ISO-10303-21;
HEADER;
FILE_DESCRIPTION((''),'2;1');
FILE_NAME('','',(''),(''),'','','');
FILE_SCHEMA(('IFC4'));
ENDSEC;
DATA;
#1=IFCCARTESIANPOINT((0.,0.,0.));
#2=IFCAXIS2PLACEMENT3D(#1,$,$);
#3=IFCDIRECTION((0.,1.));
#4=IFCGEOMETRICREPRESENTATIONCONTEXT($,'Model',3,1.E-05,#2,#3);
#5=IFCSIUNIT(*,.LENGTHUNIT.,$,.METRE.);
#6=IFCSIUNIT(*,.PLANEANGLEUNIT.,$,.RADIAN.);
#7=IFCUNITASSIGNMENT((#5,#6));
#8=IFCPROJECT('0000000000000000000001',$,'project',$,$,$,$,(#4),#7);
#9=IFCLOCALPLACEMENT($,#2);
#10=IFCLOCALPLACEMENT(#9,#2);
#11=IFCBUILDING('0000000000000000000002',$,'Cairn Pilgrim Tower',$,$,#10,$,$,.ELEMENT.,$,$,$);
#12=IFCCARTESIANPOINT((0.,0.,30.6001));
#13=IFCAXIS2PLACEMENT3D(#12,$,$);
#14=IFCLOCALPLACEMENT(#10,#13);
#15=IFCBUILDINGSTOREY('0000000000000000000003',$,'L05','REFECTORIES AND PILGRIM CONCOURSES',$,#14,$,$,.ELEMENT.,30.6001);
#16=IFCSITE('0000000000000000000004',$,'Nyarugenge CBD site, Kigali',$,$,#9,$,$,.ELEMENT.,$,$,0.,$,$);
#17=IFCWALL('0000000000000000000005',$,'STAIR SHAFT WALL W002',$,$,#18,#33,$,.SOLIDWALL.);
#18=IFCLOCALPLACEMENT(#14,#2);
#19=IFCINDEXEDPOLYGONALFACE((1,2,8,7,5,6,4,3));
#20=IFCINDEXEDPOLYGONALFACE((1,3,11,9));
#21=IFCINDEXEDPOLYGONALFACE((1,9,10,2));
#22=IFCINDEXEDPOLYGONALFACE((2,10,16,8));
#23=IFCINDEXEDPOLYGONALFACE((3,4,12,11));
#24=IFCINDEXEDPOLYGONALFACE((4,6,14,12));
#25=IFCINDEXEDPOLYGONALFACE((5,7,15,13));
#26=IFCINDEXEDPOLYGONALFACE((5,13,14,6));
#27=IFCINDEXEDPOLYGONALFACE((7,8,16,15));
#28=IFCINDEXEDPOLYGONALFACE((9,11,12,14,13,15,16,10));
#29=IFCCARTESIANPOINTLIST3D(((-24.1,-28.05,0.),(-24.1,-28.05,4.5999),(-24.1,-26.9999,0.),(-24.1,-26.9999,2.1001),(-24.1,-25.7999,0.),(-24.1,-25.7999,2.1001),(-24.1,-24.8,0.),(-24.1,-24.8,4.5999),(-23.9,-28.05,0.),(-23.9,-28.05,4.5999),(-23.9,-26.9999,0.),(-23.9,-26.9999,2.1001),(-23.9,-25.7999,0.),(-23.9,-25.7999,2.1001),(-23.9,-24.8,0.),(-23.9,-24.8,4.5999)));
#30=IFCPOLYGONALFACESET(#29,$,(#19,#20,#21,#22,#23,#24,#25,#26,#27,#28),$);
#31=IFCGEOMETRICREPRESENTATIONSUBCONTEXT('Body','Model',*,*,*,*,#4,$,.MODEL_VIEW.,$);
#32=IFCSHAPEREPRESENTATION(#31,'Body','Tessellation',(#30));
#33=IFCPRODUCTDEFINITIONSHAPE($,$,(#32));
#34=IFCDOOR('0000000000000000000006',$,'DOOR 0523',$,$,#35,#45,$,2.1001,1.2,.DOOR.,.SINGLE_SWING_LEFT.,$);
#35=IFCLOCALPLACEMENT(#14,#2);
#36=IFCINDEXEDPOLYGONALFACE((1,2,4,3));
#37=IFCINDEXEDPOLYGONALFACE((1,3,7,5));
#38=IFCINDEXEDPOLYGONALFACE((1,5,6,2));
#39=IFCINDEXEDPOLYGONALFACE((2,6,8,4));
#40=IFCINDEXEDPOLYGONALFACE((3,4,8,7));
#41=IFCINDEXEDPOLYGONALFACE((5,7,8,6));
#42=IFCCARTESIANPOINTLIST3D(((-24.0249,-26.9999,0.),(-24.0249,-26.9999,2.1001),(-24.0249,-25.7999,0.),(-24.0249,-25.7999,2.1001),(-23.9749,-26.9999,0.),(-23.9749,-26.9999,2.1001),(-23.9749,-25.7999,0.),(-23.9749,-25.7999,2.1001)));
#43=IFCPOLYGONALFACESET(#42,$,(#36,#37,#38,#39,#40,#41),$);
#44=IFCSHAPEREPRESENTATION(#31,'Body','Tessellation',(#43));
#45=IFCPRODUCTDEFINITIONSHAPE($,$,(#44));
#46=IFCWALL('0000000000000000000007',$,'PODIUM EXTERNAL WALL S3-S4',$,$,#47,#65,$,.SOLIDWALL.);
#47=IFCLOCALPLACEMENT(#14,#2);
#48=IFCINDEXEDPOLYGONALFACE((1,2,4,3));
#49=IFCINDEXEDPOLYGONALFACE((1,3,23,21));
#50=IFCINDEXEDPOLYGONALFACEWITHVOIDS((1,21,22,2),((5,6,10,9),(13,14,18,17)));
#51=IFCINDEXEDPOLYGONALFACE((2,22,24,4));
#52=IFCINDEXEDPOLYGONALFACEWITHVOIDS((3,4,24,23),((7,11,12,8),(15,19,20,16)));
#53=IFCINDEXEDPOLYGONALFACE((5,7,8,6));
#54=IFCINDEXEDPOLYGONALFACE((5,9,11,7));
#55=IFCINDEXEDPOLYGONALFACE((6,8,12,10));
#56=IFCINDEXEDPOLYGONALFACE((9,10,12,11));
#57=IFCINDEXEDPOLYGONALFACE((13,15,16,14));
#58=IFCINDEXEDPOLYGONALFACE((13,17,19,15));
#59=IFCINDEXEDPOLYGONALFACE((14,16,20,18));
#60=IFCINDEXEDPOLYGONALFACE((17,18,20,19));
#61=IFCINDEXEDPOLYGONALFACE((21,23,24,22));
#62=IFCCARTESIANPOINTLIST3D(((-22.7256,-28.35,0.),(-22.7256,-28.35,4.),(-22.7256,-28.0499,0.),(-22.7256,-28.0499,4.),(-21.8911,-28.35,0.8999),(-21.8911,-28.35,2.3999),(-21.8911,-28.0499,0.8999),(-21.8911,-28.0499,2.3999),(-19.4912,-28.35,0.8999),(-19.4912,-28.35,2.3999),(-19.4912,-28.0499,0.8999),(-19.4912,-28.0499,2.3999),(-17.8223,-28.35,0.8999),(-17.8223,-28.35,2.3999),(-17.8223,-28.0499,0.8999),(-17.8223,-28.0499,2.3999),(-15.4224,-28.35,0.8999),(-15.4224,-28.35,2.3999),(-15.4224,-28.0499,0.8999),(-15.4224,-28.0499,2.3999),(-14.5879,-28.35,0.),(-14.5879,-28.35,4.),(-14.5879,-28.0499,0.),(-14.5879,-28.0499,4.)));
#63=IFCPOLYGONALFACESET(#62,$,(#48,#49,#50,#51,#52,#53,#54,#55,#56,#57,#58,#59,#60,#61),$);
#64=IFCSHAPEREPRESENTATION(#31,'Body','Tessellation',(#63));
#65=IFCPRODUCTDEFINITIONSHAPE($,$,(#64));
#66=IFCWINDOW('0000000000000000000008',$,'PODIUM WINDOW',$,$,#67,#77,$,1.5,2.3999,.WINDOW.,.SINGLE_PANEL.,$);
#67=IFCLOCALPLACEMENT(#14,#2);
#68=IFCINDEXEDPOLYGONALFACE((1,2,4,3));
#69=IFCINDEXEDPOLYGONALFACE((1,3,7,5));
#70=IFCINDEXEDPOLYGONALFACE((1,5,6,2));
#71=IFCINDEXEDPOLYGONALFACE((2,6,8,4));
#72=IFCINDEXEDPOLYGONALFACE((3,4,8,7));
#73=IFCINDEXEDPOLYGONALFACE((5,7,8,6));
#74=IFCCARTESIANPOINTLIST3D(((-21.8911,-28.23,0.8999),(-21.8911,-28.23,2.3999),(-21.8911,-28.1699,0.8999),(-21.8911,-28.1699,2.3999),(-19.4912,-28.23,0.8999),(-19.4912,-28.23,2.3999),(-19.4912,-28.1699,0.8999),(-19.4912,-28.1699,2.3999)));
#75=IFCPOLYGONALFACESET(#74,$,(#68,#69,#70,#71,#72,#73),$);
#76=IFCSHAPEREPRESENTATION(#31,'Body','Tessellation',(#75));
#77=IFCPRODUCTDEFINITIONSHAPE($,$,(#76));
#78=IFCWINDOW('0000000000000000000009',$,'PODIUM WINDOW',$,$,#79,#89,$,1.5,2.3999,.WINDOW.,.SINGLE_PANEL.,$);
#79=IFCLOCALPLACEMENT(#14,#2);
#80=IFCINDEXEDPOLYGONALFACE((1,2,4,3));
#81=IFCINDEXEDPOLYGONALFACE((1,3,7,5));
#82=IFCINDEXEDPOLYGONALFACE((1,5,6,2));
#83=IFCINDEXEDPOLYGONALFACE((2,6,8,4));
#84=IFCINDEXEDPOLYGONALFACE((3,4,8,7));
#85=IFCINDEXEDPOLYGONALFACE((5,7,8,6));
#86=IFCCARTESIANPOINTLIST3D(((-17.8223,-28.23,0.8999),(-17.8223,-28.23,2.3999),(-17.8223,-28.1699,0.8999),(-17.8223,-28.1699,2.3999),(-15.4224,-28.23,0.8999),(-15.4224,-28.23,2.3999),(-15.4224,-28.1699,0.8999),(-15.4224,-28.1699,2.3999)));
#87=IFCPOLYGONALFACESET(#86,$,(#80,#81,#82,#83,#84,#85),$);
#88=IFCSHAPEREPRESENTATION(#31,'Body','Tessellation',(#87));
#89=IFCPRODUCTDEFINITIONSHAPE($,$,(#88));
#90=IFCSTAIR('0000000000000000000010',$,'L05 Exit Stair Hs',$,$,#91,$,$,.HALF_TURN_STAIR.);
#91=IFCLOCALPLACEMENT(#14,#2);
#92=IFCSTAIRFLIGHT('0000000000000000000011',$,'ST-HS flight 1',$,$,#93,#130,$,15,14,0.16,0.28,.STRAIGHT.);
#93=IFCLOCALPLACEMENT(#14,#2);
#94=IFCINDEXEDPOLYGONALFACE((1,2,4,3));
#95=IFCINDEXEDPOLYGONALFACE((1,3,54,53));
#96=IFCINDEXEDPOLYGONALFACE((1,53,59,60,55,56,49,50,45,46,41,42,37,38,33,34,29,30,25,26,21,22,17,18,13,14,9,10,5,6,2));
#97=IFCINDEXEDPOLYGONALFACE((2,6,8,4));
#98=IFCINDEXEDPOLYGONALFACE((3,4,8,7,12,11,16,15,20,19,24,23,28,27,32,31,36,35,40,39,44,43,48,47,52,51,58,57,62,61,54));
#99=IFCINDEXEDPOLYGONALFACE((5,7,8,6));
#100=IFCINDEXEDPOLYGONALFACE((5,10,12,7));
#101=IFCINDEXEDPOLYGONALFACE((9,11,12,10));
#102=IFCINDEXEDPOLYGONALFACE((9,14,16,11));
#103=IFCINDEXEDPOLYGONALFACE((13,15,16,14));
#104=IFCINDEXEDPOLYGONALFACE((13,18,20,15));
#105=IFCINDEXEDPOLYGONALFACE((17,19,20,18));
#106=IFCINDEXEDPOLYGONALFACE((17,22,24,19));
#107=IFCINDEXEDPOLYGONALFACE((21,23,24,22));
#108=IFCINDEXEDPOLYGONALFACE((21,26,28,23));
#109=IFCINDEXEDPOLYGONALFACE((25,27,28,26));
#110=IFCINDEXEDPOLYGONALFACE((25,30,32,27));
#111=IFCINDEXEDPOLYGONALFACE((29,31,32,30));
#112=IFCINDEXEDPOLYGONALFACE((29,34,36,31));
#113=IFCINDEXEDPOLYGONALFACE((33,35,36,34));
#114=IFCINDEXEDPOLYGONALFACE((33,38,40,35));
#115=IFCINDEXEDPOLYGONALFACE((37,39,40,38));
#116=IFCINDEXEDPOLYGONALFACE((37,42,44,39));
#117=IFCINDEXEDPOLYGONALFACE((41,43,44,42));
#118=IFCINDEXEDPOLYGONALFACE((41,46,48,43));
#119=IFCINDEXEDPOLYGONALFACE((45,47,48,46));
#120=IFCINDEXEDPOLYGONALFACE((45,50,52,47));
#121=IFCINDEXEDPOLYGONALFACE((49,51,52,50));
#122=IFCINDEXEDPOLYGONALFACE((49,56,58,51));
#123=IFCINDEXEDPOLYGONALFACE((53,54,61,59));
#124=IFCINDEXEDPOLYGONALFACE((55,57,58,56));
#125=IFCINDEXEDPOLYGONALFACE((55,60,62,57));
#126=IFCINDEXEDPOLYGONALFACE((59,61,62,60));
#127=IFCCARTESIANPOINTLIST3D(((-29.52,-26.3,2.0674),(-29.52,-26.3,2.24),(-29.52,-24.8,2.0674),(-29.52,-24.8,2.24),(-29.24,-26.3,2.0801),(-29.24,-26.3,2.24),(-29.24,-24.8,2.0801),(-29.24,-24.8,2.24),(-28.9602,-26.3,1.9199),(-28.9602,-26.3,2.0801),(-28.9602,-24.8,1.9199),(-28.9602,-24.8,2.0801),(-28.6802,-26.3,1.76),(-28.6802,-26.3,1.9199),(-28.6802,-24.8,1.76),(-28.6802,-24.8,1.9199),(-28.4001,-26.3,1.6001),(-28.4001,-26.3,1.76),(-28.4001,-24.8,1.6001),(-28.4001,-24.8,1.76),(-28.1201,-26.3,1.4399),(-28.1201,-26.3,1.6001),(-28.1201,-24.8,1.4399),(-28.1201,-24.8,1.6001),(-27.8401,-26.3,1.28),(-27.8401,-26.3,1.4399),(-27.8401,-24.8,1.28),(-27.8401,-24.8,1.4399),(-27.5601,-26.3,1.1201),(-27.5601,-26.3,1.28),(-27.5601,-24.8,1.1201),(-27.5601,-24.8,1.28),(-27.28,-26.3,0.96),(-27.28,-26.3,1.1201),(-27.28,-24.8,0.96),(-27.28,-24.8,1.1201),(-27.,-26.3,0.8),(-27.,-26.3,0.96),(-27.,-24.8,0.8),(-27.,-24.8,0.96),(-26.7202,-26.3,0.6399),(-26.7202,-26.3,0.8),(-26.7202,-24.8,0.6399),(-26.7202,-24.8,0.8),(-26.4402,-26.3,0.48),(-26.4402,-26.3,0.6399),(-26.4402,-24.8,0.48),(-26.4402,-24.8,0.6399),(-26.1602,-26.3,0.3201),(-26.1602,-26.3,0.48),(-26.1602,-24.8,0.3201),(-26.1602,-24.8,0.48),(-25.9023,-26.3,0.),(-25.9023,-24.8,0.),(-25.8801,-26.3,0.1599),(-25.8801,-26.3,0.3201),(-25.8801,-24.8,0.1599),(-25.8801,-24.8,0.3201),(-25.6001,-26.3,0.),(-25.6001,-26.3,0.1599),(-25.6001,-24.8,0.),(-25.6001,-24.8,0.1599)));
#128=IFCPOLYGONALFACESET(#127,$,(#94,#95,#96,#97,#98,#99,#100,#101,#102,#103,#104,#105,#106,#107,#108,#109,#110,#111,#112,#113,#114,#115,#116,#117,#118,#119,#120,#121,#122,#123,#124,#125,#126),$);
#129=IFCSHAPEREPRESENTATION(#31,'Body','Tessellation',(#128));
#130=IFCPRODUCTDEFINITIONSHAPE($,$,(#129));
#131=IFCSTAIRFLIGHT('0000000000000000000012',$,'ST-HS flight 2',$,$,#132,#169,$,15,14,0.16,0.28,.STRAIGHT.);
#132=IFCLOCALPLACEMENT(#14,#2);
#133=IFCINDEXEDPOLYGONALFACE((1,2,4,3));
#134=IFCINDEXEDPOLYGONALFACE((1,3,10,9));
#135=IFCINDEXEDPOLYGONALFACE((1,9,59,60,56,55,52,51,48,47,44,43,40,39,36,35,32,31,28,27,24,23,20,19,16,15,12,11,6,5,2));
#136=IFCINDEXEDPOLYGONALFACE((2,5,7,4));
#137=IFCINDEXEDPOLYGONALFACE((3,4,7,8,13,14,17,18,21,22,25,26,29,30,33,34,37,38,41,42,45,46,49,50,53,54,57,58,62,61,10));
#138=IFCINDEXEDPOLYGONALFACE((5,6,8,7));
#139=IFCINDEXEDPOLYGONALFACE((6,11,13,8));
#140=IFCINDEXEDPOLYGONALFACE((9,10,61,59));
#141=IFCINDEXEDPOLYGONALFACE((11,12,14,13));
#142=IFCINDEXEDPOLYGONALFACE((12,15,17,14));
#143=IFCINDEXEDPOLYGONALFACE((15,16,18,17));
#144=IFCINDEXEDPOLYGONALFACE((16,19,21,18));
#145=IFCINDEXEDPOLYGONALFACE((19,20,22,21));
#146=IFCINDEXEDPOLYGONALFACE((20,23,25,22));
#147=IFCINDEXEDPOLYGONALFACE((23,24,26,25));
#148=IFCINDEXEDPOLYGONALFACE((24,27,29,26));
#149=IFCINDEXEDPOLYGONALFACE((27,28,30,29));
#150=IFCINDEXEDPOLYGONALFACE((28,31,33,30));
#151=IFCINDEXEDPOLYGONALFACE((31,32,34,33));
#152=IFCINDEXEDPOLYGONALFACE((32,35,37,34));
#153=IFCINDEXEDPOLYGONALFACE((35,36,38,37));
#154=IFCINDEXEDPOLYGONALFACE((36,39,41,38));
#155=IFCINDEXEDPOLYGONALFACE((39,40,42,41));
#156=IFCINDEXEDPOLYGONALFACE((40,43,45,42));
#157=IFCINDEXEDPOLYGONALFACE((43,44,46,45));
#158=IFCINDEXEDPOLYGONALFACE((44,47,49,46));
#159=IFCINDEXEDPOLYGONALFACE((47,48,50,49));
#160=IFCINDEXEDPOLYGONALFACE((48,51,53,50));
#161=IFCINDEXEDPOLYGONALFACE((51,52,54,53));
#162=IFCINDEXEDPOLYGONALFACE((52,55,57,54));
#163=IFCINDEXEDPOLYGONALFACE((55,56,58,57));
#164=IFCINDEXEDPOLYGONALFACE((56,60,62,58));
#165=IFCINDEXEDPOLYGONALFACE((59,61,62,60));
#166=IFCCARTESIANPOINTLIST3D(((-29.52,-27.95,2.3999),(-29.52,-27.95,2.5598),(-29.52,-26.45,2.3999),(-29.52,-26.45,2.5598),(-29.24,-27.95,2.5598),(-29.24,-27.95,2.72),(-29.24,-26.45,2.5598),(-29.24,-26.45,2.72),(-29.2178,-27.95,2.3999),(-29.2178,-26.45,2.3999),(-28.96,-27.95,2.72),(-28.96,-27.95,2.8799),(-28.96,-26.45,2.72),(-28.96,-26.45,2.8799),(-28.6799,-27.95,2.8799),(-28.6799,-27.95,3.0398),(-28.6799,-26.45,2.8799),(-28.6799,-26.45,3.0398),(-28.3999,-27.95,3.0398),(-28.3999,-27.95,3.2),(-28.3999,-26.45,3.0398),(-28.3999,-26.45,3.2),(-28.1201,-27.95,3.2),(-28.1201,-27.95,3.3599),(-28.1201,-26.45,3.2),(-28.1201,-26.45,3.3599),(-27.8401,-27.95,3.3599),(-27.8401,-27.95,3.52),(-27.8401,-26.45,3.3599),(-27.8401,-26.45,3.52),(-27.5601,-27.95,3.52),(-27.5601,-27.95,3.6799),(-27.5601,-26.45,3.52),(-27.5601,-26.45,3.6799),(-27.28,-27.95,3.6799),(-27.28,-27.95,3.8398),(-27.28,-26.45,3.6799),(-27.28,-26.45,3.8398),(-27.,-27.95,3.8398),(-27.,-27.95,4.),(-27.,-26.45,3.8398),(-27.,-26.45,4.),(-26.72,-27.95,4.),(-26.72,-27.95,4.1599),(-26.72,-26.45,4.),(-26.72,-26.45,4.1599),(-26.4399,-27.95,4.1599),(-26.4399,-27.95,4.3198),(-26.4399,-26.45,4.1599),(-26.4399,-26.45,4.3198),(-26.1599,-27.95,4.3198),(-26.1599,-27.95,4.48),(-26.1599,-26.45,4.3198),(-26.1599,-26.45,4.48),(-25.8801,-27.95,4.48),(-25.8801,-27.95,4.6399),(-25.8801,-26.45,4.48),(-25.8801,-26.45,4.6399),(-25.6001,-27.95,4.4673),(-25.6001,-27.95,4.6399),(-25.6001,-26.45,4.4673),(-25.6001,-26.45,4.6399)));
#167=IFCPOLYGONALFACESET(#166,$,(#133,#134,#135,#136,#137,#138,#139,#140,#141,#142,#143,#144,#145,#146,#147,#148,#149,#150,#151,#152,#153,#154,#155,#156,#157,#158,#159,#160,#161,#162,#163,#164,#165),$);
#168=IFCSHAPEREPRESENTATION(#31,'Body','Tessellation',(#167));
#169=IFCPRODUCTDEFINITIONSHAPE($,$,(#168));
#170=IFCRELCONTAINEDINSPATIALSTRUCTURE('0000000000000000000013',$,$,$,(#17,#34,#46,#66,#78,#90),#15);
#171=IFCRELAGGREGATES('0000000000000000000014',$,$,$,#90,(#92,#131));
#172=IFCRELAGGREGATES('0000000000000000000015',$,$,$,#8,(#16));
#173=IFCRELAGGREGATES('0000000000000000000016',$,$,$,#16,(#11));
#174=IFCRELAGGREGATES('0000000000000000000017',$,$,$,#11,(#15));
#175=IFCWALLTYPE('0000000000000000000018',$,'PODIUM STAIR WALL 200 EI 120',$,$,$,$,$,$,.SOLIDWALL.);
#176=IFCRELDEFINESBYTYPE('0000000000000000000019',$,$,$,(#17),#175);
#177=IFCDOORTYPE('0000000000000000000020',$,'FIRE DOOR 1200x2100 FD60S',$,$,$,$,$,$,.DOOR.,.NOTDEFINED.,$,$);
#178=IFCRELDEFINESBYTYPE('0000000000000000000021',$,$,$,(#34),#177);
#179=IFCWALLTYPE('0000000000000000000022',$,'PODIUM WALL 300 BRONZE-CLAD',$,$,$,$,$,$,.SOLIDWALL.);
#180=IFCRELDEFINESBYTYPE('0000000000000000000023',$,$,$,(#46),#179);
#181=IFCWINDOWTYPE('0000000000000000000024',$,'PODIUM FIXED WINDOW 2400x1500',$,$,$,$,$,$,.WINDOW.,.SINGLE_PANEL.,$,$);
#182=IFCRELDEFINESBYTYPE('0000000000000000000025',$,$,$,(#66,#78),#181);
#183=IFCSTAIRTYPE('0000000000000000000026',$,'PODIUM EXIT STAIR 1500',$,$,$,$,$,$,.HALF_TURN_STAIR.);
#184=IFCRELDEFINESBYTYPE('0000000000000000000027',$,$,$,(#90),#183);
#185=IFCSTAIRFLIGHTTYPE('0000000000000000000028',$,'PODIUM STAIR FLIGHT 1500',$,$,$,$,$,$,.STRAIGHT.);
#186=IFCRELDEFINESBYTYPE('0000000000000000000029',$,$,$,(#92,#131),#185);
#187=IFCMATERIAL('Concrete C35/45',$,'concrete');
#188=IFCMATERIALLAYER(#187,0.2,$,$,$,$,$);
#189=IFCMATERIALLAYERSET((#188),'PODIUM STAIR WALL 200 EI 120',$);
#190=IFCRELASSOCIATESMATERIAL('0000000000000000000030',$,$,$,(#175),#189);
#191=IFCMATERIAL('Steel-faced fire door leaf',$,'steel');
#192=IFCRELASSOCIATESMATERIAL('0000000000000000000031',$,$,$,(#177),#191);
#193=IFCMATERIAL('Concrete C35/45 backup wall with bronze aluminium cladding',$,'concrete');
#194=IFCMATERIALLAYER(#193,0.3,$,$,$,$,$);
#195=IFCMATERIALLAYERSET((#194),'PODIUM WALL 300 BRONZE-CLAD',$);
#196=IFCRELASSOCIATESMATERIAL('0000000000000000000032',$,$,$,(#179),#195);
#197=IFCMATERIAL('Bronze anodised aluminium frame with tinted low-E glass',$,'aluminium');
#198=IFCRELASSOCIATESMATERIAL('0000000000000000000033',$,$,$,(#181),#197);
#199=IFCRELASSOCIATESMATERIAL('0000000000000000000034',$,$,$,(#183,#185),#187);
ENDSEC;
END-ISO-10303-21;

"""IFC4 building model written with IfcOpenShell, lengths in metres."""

from ifc_helpers import new_model, si_unit, direction, frame, frame_2d, origin, place, context, subcontext, project, spatial, polyline, rectangle, outline, extrude, material, layer, layer_set, type_object, element, fill, aggregate, save


model = new_model("IFC4")

# Units and contexts
model_context = context("Model", 3, precision=1e-05, world=origin(), true_north=direction((0.0, 1.0)))
body_context = subcontext(model_context, "Body", "Model", "MODEL_VIEW")
ifc_project = project(units=[si_unit("LENGTHUNIT", "METRE"), si_unit("PLANEANGLEUNIT", "RADIAN")], contexts=[model_context])

# Site, building, storey
site_placement = place(None, origin())
site = spatial("IfcSite", under=ifc_project, at=site_placement, Name="Nyarugenge CBD site, Kigali", CompositionType="ELEMENT", RefElevation=0.0)
building_placement = place(site_placement, origin())
building = spatial("IfcBuilding", under=site, at=building_placement, Name="Cairn Pilgrim Tower", CompositionType="ELEMENT")
storey_placement = place(building_placement, frame((0.0, 0.0, 30.6001)))
storey = spatial("IfcBuildingStorey", under=building, at=storey_placement, Name="L05", Description="REFECTORIES AND PILGRIM CONCOURSES", CompositionType="ELEMENT", Elevation=30.6001)

# Wall, opening, door
ifc_material_1 = material(Name="Concrete C35/45", Category="concrete")
ifc_layer_1 = layer(ifc_material_1, 0.2)
ifc_layer_set_1 = layer_set([ifc_layer_1], Name="PODIUM STAIR WALL 200 EI 120")
wall_type_1 = type_object("IfcWallType", Name="PODIUM STAIR WALL 200 EI 120", PredefinedType="SOLIDWALL", material=ifc_layer_set_1)
wall_1_placement = place(storey_placement, frame((-24.0, -28.05, 0.0), z_axis=(0.0, 0.0, 1.0), x_axis=(0.0, 1.0, 0.0)))
wall_1 = element("IfcWall", 1, at=wall_1_placement, inside=storey, type_object=wall_type_1, Name="STAIR SHAFT WALL W002", PredefinedType="SOLIDWALL", context=body_context, shape_type="SweptSolid", body=[
    extrude(rectangle(XDim=3.25, YDim=0.2, at=frame_2d((1.625, 0.0))), origin(), (0.0, 0.0, 1.0), 4.5999),
])
opening_1_placement = place(wall_1_placement, frame((1.05, 0.0, 0.0)))
opening_1 = element("IfcOpeningElement", 2, at=opening_1_placement, cuts=wall_1, PredefinedType="OPENING", context=body_context, shape_type="SweptSolid", body=[
    extrude(rectangle(XDim=1.2, YDim=2.1001, at=frame_2d((0.6001, 1.05))), frame((0.0, 0.1099, 0.0), z_axis=(0.0, -1.0, 0.0), x_axis=(1.0, 0.0, 0.0)), (0.0, 0.0, 1.0), 0.22),
])
ifc_material_2 = material(Name="Steel-faced fire door leaf", Category="steel")
door_type_1 = type_object("IfcDoorType", Name="FIRE DOOR 1200x2100 FD60S", OperationType="NOTDEFINED", PredefinedType="DOOR", material=ifc_material_2)
door_1_placement = place(opening_1_placement, origin())
door_1 = element("IfcDoor", 3, at=door_1_placement, inside=storey, type_object=door_type_1, Name="DOOR 0523", OperationType="SINGLE_SWING_LEFT", OverallHeight=2.1001, OverallWidth=1.2, PredefinedType="DOOR", context=body_context, shape_type="SweptSolid", body=[
    extrude(rectangle(XDim=1.2, YDim=2.1001, at=frame_2d((0.6001, 1.05))), frame((0.0, 0.0249, 0.0), z_axis=(0.0, -1.0, 0.0), x_axis=(1.0, 0.0, 0.0)), (0.0, 0.0, 1.0), 0.05),
])
fill(opening_1, door_1)

# Wall, openings, windows
ifc_material_3 = material(Name="Concrete C35/45 backup wall with bronze aluminium cladding", Category="concrete")
ifc_layer_2 = layer(ifc_material_3, 0.3)
ifc_layer_set_2 = layer_set([ifc_layer_2], Name="PODIUM WALL 300 BRONZE-CLAD")
wall_type_2 = type_object("IfcWallType", Name="PODIUM WALL 300 BRONZE-CLAD", PredefinedType="SOLIDWALL", material=ifc_layer_set_2)
wall_2_placement = place(storey_placement, frame((-22.7256, -28.2, 0.0), z_axis=(0.0, 0.0, 1.0), x_axis=(1.0, 0.0, 0.0)))
wall_2 = element("IfcWall", 4, at=wall_2_placement, inside=storey, type_object=wall_type_2, Name="PODIUM EXTERNAL WALL S3-S4", PredefinedType="SOLIDWALL", context=body_context, shape_type="SweptSolid", body=[
    extrude(rectangle(XDim=8.1377, YDim=0.3, at=frame_2d((4.0688, 0.0))), origin(), (0.0, 0.0, 1.0), 4.0),
])
opening_2_placement = place(wall_2_placement, frame((0.8345, 0.0, 0.8999)))
opening_2 = element("IfcOpeningElement", 5, at=opening_2_placement, cuts=wall_2, PredefinedType="OPENING", context=body_context, shape_type="SweptSolid", body=[
    extrude(rectangle(XDim=2.3999, YDim=1.5, at=frame_2d((1.2, 0.75))), frame((0.0, 0.1602, 0.0), z_axis=(0.0, -1.0, 0.0), x_axis=(1.0, 0.0, 0.0)), (0.0, 0.0, 1.0), 0.3201),
])
opening_3_placement = place(wall_2_placement, frame((4.9033, 0.0, 0.8999)))
opening_3 = element("IfcOpeningElement", 6, at=opening_3_placement, cuts=wall_2, PredefinedType="OPENING", context=body_context, shape_type="SweptSolid", body=[
    extrude(rectangle(XDim=2.3999, YDim=1.5, at=frame_2d((1.2, 0.75))), frame((0.0, 0.1602, 0.0), z_axis=(0.0, -1.0, 0.0), x_axis=(1.0, 0.0, 0.0)), (0.0, 0.0, 1.0), 0.3201),
])
ifc_material_4 = material(Name="Bronze anodised aluminium frame with tinted low-E glass", Category="aluminium")
window_type = type_object("IfcWindowType", Name="PODIUM FIXED WINDOW 2400x1500", PartitioningType="SINGLE_PANEL", PredefinedType="WINDOW", material=ifc_material_4)
window_1_placement = place(opening_2_placement, origin())
window_1 = element("IfcWindow", 7, at=window_1_placement, inside=storey, type_object=window_type, Name="PODIUM WINDOW", OverallHeight=1.5, OverallWidth=2.3999, PartitioningType="SINGLE_PANEL", PredefinedType="WINDOW", context=body_context, shape_type="SweptSolid", body=[
    extrude(rectangle(XDim=2.3999, YDim=1.5, at=frame_2d((1.2, 0.75))), frame((0.0, 0.03, 0.0), z_axis=(0.0, -1.0, 0.0), x_axis=(1.0, 0.0, 0.0)), (0.0, 0.0, 1.0), 0.0601),
])
fill(opening_2, window_1)
window_2_placement = place(opening_3_placement, origin())
window_2 = element("IfcWindow", 8, at=window_2_placement, inside=storey, type_object=window_type, Name="PODIUM WINDOW", OverallHeight=1.5, OverallWidth=2.3999, PartitioningType="SINGLE_PANEL", PredefinedType="WINDOW", context=body_context, shape_type="SweptSolid", body=[
    extrude(rectangle(XDim=2.3999, YDim=1.5, at=frame_2d((1.2, 0.75))), frame((0.0, 0.03, 0.0), z_axis=(0.0, -1.0, 0.0), x_axis=(1.0, 0.0, 0.0)), (0.0, 0.0, 1.0), 0.0601),
])
fill(opening_3, window_2)

# Stair, stair flights
stair_type = type_object("IfcStairType", Name="PODIUM EXIT STAIR 1500", PredefinedType="HALF_TURN_STAIR", material=ifc_material_1)
stair_placement = place(storey_placement, origin())
stair = element("IfcStair", 9, at=stair_placement, inside=storey, type_object=stair_type, Name="L05 Exit Stair Hs", PredefinedType="HALF_TURN_STAIR")
stair_flight_type = type_object("IfcStairFlightType", Name="PODIUM STAIR FLIGHT 1500", PredefinedType="STRAIGHT", material=ifc_material_1)
stair_flight_1_placement = place(storey_placement, frame((-25.6001, -25.55, 0.0), z_axis=(0.0, 0.0, 1.0), x_axis=(-1.0, 0.0, 0.0)))
stair_flight_1 = element("IfcStairFlight", 10, at=stair_flight_1_placement, type_object=stair_flight_type, Name="ST-HS flight 1", NumberOfRisers=15, NumberOfTreads=14, PredefinedType="STRAIGHT", RiserHeight=0.16, TreadLength=0.28, context=body_context, shape_type="SweptSolid", body=[
    extrude(outline(polyline([(0.0, 0.0), (0.0, 0.1599), (0.28, 0.1599), (0.28, 0.3201), (0.5601, 0.3201), (0.5601, 0.48), (0.8401, 0.48), (0.8401, 0.6399), (1.1201, 0.6399), (1.1201, 0.8), (1.3999, 0.8), (1.3999, 0.96), (1.6799, 0.96), (1.6799, 1.1201), (1.96, 1.1201), (1.96, 1.28), (2.24, 1.28), (2.24, 1.4399), (2.52, 1.4399), (2.52, 1.6001), (2.8, 1.6001), (2.8, 1.76), (3.0801, 1.76), (3.0801, 1.9199), (3.3601, 1.9199), (3.3601, 2.0801), (3.6399, 2.0801), (3.6399, 2.24), (3.9199, 2.24), (3.9199, 2.3999), (3.9199, 2.0674), (0.3022, 0.0), (0.0, 0.0)])), frame((0.0, 0.75, 0.0), z_axis=(0.0, -1.0, 0.0), x_axis=(1.0, 0.0, 0.0)), (0.0, 0.0, 1.0), 1.5),
])
stair_flight_2_placement = place(storey_placement, frame((-29.52, -27.2, 2.3999), z_axis=(0.0, 0.0, 1.0), x_axis=(1.0, 0.0, 0.0)))
stair_flight_2 = element("IfcStairFlight", 11, at=stair_flight_2_placement, type_object=stair_flight_type, Name="ST-HS flight 2", NumberOfRisers=15, NumberOfTreads=14, PredefinedType="STRAIGHT", RiserHeight=0.16, TreadLength=0.28, context=body_context, shape_type="SweptSolid", body=[
    extrude(outline(polyline([(0.0, 0.0), (0.0, 0.1599), (0.28, 0.1599), (0.28, 0.3201), (0.5601, 0.3201), (0.5601, 0.48), (0.8401, 0.48), (0.8401, 0.6399), (1.1201, 0.6399), (1.1201, 0.8), (1.3999, 0.8), (1.3999, 0.96), (1.6799, 0.96), (1.6799, 1.1201), (1.96, 1.1201), (1.96, 1.28), (2.24, 1.28), (2.24, 1.4399), (2.52, 1.4399), (2.52, 1.6001), (2.8, 1.6001), (2.8, 1.76), (3.0801, 1.76), (3.0801, 1.9199), (3.3601, 1.9199), (3.3601, 2.0801), (3.6399, 2.0801), (3.6399, 2.24), (3.9199, 2.24), (3.9199, 2.3999), (3.9199, 2.0674), (0.3022, 0.0), (0.0, 0.0)])), frame((0.0, 0.75, 0.0), z_axis=(0.0, -1.0, 0.0), x_axis=(1.0, 0.0, 0.0)), (0.0, 0.0, 1.0), 1.5),
])
aggregate(stair, [stair_flight_1, stair_flight_2])

save(model, "model.ifc")
